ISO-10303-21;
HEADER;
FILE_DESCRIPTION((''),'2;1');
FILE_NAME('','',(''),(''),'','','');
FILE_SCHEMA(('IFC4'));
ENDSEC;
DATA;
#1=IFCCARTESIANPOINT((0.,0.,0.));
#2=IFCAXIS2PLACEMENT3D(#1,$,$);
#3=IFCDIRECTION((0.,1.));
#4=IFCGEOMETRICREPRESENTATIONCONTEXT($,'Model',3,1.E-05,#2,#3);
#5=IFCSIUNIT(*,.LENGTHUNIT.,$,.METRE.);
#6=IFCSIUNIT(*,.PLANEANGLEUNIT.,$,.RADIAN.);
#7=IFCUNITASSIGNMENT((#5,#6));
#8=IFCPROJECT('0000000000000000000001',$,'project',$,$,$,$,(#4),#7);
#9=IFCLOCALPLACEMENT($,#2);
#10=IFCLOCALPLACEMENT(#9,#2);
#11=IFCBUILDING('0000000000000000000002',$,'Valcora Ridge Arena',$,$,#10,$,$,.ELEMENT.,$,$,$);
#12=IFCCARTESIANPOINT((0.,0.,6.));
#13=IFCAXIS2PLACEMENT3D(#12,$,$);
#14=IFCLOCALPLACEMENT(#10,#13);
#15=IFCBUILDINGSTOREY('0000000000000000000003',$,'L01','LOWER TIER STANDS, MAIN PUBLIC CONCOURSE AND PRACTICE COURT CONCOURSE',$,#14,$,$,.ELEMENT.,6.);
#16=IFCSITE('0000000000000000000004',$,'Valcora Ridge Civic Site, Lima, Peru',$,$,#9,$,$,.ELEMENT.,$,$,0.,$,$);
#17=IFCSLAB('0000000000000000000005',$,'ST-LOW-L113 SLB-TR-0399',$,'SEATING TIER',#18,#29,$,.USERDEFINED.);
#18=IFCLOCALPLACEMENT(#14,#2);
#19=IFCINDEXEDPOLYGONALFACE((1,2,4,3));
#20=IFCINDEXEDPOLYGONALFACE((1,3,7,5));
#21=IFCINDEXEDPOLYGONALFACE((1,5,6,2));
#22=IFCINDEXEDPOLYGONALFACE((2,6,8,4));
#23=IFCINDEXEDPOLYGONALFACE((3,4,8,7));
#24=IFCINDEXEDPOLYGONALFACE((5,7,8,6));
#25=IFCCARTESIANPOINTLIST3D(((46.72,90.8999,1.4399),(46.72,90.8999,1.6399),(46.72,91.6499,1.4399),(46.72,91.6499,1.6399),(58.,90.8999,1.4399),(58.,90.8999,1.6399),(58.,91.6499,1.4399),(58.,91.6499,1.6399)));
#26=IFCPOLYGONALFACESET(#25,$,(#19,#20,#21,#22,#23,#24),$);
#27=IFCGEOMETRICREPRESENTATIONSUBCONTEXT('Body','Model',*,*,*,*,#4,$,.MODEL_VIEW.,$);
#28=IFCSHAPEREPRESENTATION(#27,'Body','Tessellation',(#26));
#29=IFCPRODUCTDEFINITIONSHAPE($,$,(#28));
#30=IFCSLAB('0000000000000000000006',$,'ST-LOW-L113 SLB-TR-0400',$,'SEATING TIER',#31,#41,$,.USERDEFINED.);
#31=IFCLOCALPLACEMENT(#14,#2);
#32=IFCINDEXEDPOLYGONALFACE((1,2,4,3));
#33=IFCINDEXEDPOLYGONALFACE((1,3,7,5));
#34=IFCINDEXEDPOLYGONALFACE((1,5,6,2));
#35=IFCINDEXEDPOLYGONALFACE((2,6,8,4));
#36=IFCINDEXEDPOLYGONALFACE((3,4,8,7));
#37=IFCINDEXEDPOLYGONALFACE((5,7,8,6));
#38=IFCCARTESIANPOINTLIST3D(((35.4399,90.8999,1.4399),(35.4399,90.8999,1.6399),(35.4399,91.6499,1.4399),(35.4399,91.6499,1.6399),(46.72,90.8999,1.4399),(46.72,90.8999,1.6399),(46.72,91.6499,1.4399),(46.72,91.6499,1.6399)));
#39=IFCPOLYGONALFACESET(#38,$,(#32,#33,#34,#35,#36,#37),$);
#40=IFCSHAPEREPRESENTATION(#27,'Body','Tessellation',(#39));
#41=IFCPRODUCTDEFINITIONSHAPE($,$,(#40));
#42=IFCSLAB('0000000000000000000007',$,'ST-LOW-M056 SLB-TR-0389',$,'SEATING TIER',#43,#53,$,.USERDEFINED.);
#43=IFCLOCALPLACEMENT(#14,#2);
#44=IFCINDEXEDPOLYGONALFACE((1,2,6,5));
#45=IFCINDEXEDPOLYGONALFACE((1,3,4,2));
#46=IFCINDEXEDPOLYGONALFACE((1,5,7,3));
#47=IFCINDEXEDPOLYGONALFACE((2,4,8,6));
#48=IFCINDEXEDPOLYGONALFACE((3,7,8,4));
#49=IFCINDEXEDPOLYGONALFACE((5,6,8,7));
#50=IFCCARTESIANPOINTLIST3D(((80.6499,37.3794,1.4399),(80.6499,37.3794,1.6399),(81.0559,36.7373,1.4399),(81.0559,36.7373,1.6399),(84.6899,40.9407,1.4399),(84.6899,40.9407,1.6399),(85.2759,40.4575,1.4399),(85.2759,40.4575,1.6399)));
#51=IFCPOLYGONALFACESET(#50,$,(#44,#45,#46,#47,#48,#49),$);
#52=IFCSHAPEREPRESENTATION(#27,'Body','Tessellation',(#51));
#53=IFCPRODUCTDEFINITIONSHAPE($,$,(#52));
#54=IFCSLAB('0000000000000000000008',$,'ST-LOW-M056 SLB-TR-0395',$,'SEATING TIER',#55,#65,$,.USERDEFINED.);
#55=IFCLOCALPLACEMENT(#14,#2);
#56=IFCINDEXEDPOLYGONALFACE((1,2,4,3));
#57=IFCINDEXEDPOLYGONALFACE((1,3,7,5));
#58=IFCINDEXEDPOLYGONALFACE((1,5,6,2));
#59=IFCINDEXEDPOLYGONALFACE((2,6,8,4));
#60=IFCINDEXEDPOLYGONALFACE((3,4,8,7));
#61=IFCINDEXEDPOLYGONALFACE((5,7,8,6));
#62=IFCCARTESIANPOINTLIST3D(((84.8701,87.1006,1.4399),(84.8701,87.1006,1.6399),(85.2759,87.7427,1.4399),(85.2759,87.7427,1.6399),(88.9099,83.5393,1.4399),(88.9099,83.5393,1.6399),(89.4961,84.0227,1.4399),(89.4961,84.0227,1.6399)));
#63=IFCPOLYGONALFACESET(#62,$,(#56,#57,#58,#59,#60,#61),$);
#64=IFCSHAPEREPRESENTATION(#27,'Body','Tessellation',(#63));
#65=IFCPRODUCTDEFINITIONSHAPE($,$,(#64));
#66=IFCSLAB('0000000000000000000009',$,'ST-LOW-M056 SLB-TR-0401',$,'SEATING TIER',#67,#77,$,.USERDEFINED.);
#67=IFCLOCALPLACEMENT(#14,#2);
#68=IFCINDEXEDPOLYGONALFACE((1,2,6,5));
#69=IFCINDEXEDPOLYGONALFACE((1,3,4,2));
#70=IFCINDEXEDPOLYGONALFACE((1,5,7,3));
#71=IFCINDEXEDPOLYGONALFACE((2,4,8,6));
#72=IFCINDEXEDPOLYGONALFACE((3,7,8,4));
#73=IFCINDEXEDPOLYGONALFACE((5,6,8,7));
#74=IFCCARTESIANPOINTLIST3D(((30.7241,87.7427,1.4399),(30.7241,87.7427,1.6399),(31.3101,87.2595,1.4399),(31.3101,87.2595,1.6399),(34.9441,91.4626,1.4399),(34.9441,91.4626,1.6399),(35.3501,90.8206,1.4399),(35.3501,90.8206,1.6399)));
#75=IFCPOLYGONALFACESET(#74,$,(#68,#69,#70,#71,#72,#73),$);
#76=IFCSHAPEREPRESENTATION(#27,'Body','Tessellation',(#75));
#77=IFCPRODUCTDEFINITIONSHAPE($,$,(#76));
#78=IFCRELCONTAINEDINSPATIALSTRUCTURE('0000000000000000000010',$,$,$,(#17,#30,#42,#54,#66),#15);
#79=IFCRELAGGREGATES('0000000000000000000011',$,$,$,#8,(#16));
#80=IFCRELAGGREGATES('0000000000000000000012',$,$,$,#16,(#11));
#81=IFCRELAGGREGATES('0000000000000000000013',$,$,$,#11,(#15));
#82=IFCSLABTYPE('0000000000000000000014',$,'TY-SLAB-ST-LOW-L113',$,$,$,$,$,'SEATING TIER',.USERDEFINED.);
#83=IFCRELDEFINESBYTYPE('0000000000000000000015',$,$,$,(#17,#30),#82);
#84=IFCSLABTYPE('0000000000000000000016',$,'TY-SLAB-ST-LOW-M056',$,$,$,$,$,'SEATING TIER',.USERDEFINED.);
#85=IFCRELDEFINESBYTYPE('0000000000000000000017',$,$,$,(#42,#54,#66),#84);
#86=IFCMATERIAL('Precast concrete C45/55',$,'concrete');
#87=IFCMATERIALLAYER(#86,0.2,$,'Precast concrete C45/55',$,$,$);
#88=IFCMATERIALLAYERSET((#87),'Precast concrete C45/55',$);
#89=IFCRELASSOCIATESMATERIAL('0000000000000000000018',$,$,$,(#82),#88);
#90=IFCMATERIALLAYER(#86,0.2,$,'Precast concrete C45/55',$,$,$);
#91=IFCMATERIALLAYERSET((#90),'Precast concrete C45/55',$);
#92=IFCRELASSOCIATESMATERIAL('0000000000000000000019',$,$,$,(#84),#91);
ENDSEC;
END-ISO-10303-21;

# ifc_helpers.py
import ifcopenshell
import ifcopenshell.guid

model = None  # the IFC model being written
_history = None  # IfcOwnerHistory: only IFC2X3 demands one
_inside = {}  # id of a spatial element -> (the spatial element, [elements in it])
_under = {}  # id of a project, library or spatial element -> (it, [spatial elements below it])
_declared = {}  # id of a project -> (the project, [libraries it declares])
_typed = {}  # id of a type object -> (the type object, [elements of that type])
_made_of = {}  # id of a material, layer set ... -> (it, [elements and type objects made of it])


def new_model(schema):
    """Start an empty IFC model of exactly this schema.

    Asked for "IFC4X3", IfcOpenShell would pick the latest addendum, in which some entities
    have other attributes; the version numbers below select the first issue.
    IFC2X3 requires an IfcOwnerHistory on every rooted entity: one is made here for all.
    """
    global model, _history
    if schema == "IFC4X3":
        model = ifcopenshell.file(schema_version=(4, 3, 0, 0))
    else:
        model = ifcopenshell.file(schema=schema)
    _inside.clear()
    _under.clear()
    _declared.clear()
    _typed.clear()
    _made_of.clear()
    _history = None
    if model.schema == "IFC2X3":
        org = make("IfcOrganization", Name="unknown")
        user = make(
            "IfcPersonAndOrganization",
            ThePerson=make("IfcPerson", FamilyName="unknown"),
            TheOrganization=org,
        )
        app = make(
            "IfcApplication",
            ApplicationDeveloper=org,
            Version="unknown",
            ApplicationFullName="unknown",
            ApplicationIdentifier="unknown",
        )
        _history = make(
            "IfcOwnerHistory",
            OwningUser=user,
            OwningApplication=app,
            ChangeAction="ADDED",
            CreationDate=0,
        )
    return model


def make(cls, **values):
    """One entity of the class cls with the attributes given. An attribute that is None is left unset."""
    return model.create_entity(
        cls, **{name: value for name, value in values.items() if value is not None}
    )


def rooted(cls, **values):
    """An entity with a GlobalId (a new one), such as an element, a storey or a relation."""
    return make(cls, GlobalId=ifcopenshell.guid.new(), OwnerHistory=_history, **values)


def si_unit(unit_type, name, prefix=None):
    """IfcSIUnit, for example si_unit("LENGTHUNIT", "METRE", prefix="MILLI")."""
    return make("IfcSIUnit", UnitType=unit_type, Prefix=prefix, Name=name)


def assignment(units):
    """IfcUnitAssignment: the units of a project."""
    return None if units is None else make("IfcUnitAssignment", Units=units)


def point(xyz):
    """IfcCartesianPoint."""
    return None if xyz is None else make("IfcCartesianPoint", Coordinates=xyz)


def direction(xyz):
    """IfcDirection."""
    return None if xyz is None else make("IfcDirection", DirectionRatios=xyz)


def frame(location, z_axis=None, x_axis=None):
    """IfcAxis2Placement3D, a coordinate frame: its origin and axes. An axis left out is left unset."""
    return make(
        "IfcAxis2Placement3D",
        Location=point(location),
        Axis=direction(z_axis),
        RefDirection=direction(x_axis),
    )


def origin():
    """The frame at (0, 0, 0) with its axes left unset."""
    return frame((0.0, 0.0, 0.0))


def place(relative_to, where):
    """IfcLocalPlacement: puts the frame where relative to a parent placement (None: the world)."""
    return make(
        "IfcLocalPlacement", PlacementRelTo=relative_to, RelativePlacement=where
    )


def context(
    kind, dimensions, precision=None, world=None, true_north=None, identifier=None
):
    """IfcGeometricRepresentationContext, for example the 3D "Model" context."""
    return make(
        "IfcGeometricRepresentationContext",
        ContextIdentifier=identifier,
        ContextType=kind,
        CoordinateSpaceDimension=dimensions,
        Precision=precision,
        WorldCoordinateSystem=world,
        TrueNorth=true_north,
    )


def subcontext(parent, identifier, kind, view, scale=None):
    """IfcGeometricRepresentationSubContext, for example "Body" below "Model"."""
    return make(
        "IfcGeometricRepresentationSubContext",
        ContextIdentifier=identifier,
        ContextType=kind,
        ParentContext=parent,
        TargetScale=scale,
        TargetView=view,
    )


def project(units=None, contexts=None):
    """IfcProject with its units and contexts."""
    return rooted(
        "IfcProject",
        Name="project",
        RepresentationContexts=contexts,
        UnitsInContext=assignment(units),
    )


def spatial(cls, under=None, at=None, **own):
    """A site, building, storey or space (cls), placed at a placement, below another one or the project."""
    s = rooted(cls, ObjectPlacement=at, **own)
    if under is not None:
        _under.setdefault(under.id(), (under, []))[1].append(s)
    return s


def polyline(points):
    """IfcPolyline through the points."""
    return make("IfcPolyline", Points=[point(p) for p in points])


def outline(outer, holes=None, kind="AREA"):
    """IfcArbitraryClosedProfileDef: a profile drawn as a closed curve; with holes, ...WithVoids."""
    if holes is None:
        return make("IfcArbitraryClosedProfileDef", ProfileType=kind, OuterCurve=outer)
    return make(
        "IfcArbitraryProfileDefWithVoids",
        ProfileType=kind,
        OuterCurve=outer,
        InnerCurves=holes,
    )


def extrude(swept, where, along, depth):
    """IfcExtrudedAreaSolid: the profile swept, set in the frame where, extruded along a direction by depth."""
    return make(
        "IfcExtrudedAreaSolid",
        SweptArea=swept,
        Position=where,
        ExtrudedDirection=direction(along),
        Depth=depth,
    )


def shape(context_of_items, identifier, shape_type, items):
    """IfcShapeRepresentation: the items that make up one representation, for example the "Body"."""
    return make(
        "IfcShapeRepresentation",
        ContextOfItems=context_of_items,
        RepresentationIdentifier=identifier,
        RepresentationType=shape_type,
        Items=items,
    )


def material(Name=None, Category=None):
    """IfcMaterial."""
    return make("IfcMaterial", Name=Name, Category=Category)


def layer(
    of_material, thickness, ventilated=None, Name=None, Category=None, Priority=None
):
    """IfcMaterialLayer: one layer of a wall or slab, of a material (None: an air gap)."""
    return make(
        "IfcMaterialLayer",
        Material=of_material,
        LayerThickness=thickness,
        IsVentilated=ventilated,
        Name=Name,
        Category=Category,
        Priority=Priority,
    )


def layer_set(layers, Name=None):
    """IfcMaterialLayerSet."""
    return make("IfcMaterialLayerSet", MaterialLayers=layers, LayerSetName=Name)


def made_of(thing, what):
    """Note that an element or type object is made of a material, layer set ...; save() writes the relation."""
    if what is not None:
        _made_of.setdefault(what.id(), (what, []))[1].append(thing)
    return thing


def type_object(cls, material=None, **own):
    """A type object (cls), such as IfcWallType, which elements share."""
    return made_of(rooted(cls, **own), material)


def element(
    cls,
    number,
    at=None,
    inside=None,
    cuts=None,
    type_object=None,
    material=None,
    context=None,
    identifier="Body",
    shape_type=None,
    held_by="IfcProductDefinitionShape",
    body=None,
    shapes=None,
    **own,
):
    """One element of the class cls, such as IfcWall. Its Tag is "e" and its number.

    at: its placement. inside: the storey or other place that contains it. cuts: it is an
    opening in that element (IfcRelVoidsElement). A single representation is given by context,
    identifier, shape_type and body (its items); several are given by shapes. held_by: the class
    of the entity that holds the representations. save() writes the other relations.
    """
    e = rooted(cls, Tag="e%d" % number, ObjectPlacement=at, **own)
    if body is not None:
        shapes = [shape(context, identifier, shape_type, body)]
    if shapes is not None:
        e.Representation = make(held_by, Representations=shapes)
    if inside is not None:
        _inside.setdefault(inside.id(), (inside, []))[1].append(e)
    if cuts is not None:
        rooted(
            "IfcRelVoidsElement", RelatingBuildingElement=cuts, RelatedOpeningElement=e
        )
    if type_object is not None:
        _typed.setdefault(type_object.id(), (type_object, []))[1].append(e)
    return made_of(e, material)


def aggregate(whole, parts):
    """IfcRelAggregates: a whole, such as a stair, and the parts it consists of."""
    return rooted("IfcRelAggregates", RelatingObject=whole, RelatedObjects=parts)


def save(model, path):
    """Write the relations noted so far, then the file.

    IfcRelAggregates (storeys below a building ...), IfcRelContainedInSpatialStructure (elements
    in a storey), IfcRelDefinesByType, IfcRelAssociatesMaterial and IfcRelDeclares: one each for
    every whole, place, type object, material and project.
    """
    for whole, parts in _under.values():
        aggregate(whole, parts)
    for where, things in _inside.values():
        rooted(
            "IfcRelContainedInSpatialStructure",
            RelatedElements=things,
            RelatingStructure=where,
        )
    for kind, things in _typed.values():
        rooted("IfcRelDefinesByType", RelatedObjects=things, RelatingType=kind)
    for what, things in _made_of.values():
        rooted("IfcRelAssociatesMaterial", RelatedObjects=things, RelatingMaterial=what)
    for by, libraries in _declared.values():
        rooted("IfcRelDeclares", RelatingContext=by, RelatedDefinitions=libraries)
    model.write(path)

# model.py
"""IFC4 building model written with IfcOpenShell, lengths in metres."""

from ifc_helpers import new_model, si_unit, direction, frame, origin, place, context, subcontext, project, spatial, polyline, outline, extrude, material, layer, layer_set, type_object, element, save


model = new_model("IFC4")

# Units and contexts
model_context = context("Model", 3, precision=1e-05, world=origin(), true_north=direction((0.0, 1.0)))
body_context = subcontext(model_context, "Body", "Model", "MODEL_VIEW")
ifc_project = project(units=[si_unit("LENGTHUNIT", "METRE"), si_unit("PLANEANGLEUNIT", "RADIAN")], contexts=[model_context])

# Site, building, storey
site_placement = place(None, origin())
site = spatial("IfcSite", under=ifc_project, at=site_placement, Name="Valcora Ridge Civic Site, Lima, Peru", CompositionType="ELEMENT", RefElevation=0.0)
building_placement = place(site_placement, origin())
building = spatial("IfcBuilding", under=site, at=building_placement, Name="Valcora Ridge Arena", CompositionType="ELEMENT")
storey_placement = place(building_placement, frame((0.0, 0.0, 6.0)))
storey = spatial("IfcBuildingStorey", under=building, at=storey_placement, Name="L01", Description="LOWER TIER STANDS, MAIN PUBLIC CONCOURSE AND PRACTICE COURT CONCOURSE", CompositionType="ELEMENT", Elevation=6.0)

# Slabs
ifc_material = material(Name="Precast concrete C45/55", Category="concrete")
ifc_layer_1 = layer(ifc_material, 0.2, Name="Precast concrete C45/55")
ifc_layer_set_1 = layer_set([ifc_layer_1], Name="Precast concrete C45/55")
slab_type_1 = type_object("IfcSlabType", Name="TY-SLAB-ST-LOW-L113", ElementType="SEATING TIER", PredefinedType="USERDEFINED", material=ifc_layer_set_1)
slab_1_placement = place(storey_placement, frame((0.0, 0.0, 1.4399)))
element("IfcSlab", 1, at=slab_1_placement, inside=storey, type_object=slab_type_1, Name="ST-LOW-L113 SLB-TR-0399", ObjectType="SEATING TIER", PredefinedType="USERDEFINED", context=body_context, shape_type="SweptSolid", body=[
    extrude(outline(polyline([(58.0, 90.8999), (46.72, 90.8999), (46.72, 91.6499), (58.0, 91.6499), (58.0, 90.8999)])), origin(), (0.0, 0.0, 1.0), 0.2),
])
slab_2_placement = place(storey_placement, frame((0.0, 0.0, 1.4399)))
element("IfcSlab", 2, at=slab_2_placement, inside=storey, type_object=slab_type_1, Name="ST-LOW-L113 SLB-TR-0400", ObjectType="SEATING TIER", PredefinedType="USERDEFINED", context=body_context, shape_type="SweptSolid", body=[
    extrude(outline(polyline([(46.72, 90.8999), (35.4399, 90.8999), (35.4399, 91.6499), (46.72, 91.6499), (46.72, 90.8999)])), origin(), (0.0, 0.0, 1.0), 0.2),
])
ifc_layer_2 = layer(ifc_material, 0.2, Name="Precast concrete C45/55")
ifc_layer_set_2 = layer_set([ifc_layer_2], Name="Precast concrete C45/55")
slab_type_2 = type_object("IfcSlabType", Name="TY-SLAB-ST-LOW-M056", ElementType="SEATING TIER", PredefinedType="USERDEFINED", material=ifc_layer_set_2)
slab_3_placement = place(storey_placement, frame((0.0, 0.0, 1.4399)))
element("IfcSlab", 3, at=slab_3_placement, inside=storey, type_object=slab_type_2, Name="ST-LOW-M056 SLB-TR-0389", ObjectType="SEATING TIER", PredefinedType="USERDEFINED", context=body_context, shape_type="SweptSolid", body=[
    extrude(outline(polyline([(80.6499, 37.3794), (84.6899, 40.9407), (85.2759, 40.4575), (81.0559, 36.7373), (80.6499, 37.3794)])), origin(), (0.0, 0.0, 1.0), 0.2),
])
slab_4_placement = place(storey_placement, frame((0.0, 0.0, 1.4399)))
element("IfcSlab", 4, at=slab_4_placement, inside=storey, type_object=slab_type_2, Name="ST-LOW-M056 SLB-TR-0395", ObjectType="SEATING TIER", PredefinedType="USERDEFINED", context=body_context, shape_type="SweptSolid", body=[
    extrude(outline(polyline([(88.9099, 83.5393), (84.8701, 87.1006), (85.2759, 87.7427), (89.4961, 84.0227), (88.9099, 83.5393)])), origin(), (0.0, 0.0, 1.0), 0.2),
])
slab_5_placement = place(storey_placement, frame((0.0, 0.0, 1.4399)))
element("IfcSlab", 5, at=slab_5_placement, inside=storey, type_object=slab_type_2, Name="ST-LOW-M056 SLB-TR-0401", ObjectType="SEATING TIER", PredefinedType="USERDEFINED", context=body_context, shape_type="SweptSolid", body=[
    extrude(outline(polyline([(35.3501, 90.8206), (31.3101, 87.2595), (30.7241, 87.7427), (34.9441, 91.4626), (35.3501, 90.8206)])), origin(), (0.0, 0.0, 1.0), 0.2),
])

save(model, "model.ifc")
